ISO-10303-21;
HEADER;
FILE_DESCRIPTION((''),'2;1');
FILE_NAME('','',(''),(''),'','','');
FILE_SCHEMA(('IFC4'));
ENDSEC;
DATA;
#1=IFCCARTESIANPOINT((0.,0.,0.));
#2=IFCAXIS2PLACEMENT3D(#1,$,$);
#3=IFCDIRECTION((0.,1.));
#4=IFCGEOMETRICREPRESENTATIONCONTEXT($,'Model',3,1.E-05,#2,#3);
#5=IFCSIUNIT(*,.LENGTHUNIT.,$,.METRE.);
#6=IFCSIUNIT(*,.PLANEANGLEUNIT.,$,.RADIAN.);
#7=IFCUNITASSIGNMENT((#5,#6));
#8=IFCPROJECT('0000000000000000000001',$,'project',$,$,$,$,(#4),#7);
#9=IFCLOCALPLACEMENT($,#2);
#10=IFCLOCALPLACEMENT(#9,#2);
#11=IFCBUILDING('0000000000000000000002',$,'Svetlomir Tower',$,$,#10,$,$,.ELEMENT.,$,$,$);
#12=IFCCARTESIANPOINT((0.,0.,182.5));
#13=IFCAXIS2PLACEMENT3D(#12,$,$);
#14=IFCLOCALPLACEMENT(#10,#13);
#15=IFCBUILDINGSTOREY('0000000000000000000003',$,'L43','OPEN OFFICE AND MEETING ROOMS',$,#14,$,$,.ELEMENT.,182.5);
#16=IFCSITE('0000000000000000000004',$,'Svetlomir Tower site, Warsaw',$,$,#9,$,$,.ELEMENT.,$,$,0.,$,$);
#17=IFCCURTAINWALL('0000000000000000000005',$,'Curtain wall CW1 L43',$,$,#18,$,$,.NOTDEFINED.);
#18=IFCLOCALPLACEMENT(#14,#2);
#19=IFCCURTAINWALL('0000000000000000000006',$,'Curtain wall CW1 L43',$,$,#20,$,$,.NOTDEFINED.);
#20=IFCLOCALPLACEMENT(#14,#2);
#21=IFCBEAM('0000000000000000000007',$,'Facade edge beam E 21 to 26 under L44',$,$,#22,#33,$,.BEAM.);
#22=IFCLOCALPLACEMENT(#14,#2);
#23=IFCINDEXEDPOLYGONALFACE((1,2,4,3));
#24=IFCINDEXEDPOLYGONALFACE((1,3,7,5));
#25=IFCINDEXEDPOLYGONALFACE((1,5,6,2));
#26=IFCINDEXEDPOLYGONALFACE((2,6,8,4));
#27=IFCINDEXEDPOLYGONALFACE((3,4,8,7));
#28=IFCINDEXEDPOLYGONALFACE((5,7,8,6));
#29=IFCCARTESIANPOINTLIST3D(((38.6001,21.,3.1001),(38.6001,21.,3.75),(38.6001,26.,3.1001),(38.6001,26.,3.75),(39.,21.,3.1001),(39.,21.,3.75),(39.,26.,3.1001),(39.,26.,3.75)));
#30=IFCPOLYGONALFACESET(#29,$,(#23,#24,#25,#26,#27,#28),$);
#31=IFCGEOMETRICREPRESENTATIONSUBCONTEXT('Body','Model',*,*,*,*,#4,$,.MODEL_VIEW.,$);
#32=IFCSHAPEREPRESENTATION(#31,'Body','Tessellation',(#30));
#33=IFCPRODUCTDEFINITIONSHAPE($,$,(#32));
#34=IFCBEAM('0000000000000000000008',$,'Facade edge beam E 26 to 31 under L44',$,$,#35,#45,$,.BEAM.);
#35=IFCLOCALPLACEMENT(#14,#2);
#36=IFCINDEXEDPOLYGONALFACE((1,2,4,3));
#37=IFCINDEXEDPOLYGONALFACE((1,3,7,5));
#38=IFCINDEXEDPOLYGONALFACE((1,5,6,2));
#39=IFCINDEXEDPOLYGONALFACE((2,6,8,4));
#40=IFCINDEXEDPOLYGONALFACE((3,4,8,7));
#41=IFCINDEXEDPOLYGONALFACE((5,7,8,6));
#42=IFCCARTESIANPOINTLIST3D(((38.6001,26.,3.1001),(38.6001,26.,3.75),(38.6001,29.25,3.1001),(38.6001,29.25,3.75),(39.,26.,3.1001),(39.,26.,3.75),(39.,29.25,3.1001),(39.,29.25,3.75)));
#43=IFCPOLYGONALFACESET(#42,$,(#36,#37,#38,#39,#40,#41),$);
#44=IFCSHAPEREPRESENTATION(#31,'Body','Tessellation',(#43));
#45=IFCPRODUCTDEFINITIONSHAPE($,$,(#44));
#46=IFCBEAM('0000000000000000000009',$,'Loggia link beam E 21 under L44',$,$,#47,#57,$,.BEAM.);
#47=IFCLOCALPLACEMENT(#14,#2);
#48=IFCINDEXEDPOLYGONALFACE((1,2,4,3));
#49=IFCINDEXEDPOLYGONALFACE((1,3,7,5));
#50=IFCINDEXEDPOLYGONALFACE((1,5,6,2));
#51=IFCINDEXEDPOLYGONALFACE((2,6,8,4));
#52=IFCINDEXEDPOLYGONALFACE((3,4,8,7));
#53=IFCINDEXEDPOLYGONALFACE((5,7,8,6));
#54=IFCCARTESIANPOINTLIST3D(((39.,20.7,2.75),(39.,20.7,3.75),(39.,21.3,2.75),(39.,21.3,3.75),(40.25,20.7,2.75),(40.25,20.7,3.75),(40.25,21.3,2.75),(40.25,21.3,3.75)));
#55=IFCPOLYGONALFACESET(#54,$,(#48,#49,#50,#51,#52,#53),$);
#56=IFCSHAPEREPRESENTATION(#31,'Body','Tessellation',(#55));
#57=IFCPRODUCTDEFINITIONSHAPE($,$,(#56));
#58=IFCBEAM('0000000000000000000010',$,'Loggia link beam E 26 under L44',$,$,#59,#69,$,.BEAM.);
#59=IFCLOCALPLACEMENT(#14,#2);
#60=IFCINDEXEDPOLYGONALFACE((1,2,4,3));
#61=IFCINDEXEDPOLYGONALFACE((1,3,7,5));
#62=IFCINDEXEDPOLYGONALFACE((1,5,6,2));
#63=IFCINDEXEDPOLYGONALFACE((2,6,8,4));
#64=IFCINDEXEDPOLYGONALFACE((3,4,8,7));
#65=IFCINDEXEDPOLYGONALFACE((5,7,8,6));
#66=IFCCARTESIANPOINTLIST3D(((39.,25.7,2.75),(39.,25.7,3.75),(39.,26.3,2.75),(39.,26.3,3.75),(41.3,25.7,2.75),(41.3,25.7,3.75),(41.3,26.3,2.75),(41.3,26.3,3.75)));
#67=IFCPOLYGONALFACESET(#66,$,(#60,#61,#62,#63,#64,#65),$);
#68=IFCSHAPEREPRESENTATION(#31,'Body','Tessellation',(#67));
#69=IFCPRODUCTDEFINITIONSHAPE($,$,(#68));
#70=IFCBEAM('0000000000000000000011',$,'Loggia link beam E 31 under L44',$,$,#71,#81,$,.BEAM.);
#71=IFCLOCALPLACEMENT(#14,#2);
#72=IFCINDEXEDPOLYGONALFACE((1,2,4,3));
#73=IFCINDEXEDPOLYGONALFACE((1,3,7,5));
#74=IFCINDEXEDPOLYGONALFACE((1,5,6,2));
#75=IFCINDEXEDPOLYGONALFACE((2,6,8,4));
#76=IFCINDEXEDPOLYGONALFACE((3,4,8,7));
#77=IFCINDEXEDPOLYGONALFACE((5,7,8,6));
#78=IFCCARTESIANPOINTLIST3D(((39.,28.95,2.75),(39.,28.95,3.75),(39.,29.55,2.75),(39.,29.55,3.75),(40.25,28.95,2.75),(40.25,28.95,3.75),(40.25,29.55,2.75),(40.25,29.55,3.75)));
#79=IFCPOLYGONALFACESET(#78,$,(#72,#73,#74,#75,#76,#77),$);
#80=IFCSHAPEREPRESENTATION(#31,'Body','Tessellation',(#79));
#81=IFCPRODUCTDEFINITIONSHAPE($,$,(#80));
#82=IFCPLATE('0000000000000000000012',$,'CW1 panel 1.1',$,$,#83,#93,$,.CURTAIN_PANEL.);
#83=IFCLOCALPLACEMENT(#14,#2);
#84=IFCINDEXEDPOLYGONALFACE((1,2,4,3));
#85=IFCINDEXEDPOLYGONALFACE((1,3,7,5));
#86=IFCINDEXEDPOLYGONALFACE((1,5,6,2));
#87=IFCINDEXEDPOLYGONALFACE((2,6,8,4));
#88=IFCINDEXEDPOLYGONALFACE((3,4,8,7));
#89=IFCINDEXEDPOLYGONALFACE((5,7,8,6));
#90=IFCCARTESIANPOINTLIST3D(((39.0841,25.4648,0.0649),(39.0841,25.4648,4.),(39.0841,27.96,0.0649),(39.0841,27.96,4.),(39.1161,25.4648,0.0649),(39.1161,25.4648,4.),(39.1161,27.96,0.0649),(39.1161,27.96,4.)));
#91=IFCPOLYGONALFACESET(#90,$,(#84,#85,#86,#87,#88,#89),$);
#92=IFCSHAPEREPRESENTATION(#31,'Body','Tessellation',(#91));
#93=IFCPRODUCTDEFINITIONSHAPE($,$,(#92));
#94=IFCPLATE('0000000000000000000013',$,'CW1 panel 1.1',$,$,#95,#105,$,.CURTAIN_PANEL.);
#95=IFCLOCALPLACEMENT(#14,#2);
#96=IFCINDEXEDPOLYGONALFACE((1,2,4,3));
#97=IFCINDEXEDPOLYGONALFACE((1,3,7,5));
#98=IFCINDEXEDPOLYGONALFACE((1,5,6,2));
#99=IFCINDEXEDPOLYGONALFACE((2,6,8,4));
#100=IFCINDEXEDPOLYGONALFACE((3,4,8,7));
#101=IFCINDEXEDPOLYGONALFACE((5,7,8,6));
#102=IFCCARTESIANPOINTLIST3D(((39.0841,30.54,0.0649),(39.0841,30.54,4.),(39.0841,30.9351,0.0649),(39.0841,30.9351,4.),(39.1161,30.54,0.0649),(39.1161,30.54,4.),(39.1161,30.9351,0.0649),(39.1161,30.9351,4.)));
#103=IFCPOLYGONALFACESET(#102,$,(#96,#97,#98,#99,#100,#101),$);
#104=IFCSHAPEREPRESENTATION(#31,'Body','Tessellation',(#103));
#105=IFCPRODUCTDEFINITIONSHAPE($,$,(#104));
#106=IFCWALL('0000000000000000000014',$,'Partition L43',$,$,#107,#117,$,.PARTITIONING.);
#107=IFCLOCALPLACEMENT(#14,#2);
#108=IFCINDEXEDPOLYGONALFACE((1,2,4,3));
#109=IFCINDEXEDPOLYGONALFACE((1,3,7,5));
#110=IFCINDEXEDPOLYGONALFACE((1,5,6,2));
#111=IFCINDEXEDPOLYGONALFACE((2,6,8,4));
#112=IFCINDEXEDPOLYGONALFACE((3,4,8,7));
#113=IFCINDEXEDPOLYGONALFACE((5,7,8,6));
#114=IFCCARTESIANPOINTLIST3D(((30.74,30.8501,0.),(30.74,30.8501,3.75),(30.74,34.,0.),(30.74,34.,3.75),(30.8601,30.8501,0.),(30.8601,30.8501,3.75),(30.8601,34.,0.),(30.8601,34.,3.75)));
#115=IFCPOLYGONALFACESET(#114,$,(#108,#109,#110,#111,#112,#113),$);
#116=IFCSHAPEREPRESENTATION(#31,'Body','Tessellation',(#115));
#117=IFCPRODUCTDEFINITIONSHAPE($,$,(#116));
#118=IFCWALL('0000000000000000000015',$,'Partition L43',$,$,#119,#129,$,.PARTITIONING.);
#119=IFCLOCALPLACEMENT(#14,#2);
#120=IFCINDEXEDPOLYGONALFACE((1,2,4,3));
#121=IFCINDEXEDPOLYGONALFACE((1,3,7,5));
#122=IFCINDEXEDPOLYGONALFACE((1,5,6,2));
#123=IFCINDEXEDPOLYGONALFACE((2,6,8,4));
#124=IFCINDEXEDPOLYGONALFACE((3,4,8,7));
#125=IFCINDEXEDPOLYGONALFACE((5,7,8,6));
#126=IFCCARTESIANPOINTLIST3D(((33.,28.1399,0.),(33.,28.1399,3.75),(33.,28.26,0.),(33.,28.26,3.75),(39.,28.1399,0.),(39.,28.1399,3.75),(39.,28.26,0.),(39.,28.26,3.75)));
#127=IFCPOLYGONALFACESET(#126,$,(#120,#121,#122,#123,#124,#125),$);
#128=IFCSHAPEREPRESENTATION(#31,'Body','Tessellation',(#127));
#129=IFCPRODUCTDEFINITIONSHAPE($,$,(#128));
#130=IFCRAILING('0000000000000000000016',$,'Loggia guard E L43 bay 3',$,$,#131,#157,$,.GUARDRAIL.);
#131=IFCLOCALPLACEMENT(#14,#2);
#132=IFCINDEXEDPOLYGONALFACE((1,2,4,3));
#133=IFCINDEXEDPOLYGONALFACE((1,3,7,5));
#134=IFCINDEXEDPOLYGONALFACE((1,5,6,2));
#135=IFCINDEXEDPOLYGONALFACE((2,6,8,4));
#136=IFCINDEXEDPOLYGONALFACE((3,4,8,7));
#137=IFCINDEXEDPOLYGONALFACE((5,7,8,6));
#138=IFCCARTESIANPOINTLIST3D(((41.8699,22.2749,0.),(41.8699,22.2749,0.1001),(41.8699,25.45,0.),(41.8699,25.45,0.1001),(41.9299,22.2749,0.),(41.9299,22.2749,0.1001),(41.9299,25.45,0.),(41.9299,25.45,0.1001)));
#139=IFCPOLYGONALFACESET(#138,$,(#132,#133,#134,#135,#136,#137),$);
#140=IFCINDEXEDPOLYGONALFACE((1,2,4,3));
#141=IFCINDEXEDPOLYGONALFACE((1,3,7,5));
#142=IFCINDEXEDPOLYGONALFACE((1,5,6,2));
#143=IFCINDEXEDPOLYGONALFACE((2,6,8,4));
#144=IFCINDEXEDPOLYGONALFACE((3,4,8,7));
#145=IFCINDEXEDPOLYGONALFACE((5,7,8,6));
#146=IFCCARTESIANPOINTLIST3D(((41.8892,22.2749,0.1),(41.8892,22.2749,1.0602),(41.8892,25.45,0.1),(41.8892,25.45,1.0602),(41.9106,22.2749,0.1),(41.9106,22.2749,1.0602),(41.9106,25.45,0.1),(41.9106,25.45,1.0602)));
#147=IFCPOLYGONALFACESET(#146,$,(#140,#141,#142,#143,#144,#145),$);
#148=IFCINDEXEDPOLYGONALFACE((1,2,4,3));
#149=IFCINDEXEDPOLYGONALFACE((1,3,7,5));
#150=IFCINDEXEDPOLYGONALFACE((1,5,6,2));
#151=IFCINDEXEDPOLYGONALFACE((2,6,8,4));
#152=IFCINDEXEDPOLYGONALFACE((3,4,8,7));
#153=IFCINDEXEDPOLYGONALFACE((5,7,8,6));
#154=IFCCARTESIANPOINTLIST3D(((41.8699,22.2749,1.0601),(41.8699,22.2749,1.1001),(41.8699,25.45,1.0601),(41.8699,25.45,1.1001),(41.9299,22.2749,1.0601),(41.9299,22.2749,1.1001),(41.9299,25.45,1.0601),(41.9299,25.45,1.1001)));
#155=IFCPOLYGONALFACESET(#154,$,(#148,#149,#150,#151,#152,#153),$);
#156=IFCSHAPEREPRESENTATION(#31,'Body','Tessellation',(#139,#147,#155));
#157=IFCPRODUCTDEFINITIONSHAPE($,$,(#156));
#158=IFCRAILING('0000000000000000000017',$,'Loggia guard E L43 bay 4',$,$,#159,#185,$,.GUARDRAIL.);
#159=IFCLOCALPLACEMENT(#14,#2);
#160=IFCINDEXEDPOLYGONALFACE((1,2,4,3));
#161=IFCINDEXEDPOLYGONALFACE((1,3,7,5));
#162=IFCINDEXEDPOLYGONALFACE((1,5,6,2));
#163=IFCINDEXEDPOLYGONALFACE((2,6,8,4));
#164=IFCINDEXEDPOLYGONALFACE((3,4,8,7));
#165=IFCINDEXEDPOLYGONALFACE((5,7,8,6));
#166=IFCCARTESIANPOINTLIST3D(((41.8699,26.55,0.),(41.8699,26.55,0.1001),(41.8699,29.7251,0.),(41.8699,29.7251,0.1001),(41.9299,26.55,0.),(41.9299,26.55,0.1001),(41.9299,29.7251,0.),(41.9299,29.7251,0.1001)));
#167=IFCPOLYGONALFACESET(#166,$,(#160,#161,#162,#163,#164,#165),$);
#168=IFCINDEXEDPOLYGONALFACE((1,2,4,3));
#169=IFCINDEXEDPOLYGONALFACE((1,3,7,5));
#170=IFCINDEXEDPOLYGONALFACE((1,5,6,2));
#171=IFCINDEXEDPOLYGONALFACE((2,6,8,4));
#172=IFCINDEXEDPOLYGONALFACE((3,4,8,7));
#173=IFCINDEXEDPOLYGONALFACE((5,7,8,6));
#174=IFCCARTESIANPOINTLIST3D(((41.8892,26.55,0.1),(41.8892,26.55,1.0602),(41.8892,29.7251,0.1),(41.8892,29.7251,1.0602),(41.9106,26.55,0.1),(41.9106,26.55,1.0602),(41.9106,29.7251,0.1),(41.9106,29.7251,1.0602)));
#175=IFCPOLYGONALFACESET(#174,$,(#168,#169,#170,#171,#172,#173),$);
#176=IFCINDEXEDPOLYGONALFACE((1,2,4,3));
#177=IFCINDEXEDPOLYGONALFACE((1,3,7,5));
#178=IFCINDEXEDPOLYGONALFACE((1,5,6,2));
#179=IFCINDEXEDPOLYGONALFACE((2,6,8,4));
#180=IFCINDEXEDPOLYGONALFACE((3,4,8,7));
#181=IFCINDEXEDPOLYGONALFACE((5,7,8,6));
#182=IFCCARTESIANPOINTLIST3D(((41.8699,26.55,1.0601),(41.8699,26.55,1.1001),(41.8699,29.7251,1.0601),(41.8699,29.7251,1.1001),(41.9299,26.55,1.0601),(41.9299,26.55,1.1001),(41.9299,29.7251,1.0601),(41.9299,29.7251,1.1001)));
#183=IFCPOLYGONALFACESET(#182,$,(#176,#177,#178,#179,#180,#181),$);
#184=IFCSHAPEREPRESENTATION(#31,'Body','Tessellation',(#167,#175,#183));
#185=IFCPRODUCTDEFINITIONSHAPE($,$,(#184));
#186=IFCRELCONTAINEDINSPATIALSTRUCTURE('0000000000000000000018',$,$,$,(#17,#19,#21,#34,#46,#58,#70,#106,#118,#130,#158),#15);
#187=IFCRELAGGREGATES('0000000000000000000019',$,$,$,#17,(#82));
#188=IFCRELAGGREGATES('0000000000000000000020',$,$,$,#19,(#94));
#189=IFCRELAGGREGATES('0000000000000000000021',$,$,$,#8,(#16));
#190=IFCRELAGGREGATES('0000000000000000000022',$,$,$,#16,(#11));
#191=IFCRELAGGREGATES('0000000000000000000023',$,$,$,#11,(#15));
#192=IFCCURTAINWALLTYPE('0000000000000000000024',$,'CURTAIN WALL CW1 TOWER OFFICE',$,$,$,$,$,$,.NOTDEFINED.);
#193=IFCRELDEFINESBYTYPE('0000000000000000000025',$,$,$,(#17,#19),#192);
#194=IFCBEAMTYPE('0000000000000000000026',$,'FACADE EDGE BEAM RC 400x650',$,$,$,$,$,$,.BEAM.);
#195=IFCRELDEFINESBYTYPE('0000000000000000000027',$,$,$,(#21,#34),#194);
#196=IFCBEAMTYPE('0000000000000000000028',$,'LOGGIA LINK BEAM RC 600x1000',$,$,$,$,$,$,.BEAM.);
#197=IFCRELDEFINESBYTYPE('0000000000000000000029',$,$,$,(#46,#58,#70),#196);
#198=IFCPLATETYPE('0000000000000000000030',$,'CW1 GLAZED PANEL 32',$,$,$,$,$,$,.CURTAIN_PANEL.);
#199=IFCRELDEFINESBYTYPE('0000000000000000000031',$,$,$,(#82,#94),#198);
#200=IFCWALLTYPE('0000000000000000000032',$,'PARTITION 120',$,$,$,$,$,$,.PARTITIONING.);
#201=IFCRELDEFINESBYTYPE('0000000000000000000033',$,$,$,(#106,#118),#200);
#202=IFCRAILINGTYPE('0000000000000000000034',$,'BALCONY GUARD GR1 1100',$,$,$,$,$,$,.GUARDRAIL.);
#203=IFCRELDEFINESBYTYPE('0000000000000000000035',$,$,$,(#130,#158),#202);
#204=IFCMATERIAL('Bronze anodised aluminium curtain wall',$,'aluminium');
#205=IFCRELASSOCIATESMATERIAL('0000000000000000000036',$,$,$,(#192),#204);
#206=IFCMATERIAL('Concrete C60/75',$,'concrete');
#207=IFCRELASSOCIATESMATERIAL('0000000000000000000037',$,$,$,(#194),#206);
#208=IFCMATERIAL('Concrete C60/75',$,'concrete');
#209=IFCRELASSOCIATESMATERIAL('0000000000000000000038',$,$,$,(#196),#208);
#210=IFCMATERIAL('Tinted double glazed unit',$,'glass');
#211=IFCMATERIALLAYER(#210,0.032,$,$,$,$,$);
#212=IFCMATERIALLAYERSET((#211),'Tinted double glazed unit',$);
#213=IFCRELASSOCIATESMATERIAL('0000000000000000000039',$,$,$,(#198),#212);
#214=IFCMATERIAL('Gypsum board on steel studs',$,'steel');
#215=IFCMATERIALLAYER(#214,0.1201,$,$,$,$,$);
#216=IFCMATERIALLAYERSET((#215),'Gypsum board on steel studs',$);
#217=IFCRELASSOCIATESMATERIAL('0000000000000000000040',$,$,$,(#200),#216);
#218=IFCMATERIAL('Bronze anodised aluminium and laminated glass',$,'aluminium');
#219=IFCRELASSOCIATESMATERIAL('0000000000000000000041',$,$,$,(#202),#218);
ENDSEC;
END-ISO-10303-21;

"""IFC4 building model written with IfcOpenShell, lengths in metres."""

from ifc_helpers import new_model, si_unit, direction, frame, frame_2d, origin, origin_2d, place, context, subcontext, project, spatial, rectangle, extrude, material, layer, layer_set, material_profile, profile_set, type_object, element, aggregate, save


model = new_model("IFC4")

# Units and contexts
model_context = context("Model", 3, precision=1e-05, world=origin(), true_north=direction((0.0, 1.0)))
body_context = subcontext(model_context, "Body", "Model", "MODEL_VIEW")
ifc_project = project(units=[si_unit("LENGTHUNIT", "METRE"), si_unit("PLANEANGLEUNIT", "RADIAN")], contexts=[model_context])

# Site, building, storey
site_placement = place(None, origin())
site = spatial("IfcSite", under=ifc_project, at=site_placement, Name="Svetlomir Tower site, Warsaw", CompositionType="ELEMENT", RefElevation=0.0)
building_placement = place(site_placement, origin())
building = spatial("IfcBuilding", under=site, at=building_placement, Name="Svetlomir Tower", CompositionType="ELEMENT")
storey_placement = place(building_placement, frame((0.0, 0.0, 182.5)))
storey = spatial("IfcBuildingStorey", under=building, at=storey_placement, Name="L43", Description="OPEN OFFICE AND MEETING ROOMS", CompositionType="ELEMENT", Elevation=182.5)

# Curtain walls
ifc_material_1 = material(Name="Bronze anodised aluminium curtain wall", Category="aluminium")
curtain_wall_type = type_object("IfcCurtainWallType", Name="CURTAIN WALL CW1 TOWER OFFICE", PredefinedType="NOTDEFINED", material=ifc_material_1)
curtain_wall_1_placement = place(storey_placement, origin())
curtain_wall_1 = element("IfcCurtainWall", 1, at=curtain_wall_1_placement, inside=storey, type_object=curtain_wall_type, Name="Curtain wall CW1 L43", PredefinedType="NOTDEFINED")
curtain_wall_2_placement = place(storey_placement, origin())
curtain_wall_2 = element("IfcCurtainWall", 2, at=curtain_wall_2_placement, inside=storey, type_object=curtain_wall_type, Name="Curtain wall CW1 L43", PredefinedType="NOTDEFINED")

# Beams
ifc_material_2 = material(Name="Concrete C60/75", Category="concrete")
ifc_material_profile_1 = material_profile(ifc_material_2, rectangle(XDim=0.3999, YDim=0.6499, at=origin_2d()), Name="RC 400x650")
ifc_profile_set_1 = profile_set([ifc_material_profile_1], Name="Concrete C60/75")
beam_type_1 = type_object("IfcBeamType", Name="FACADE EDGE BEAM RC 400x650", PredefinedType="BEAM", material=ifc_profile_set_1)
beam_1_placement = place(storey_placement, frame((38.8, 21.0, 3.425), z_axis=(0.0, 1.0, 0.0), x_axis=(-1.0, 0.0, 0.0)))
element("IfcBeam", 3, at=beam_1_placement, inside=storey, type_object=beam_type_1, Name="Facade edge beam E 21 to 26 under L44", PredefinedType="BEAM", context=body_context, shape_type="SweptSolid", body=[
    extrude(rectangle(XDim=0.3999, YDim=0.6499, at=origin_2d()), origin(), (0.0, 0.0, 1.0), 5.0),
])
beam_2_placement = place(storey_placement, frame((38.8, 26.0, 3.425), z_axis=(0.0, 1.0, 0.0), x_axis=(-1.0, 0.0, 0.0)))
element("IfcBeam", 4, at=beam_2_placement, inside=storey, type_object=beam_type_1, Name="Facade edge beam E 26 to 31 under L44", PredefinedType="BEAM", context=body_context, shape_type="SweptSolid", body=[
    extrude(rectangle(XDim=0.3999, YDim=0.6499, at=origin_2d()), origin(), (0.0, 0.0, 1.0), 3.25),
])
ifc_material_3 = material(Name="Concrete C60/75", Category="concrete")
ifc_material_profile_2 = material_profile(ifc_material_3, rectangle(XDim=0.6001, YDim=1.0, at=origin_2d()), Name="RC 600x1000")
ifc_profile_set_2 = profile_set([ifc_material_profile_2], Name="Concrete C60/75")
beam_type_2 = type_object("IfcBeamType", Name="LOGGIA LINK BEAM RC 600x1000", PredefinedType="BEAM", material=ifc_profile_set_2)
beam_3_placement = place(storey_placement, frame((40.25, 21.0, 3.25), z_axis=(-1.0, 0.0, 0.0), x_axis=(0.0, -1.0, 0.0)))
element("IfcBeam", 5, at=beam_3_placement, inside=storey, type_object=beam_type_2, Name="Loggia link beam E 21 under L44", PredefinedType="BEAM", context=body_context, shape_type="SweptSolid", body=[
    extrude(rectangle(XDim=0.6001, YDim=1.0, at=origin_2d()), origin(), (0.0, 0.0, 1.0), 1.25),
])
beam_4_placement = place(storey_placement, frame((41.3, 26.0, 3.25), z_axis=(-1.0, 0.0, 0.0), x_axis=(0.0, -1.0, 0.0)))
element("IfcBeam", 6, at=beam_4_placement, inside=storey, type_object=beam_type_2, Name="Loggia link beam E 26 under L44", PredefinedType="BEAM", context=body_context, shape_type="SweptSolid", body=[
    extrude(rectangle(XDim=0.6001, YDim=1.0, at=origin_2d()), origin(), (0.0, 0.0, 1.0), 2.3),
])
beam_5_placement = place(storey_placement, frame((40.25, 29.25, 3.25), z_axis=(-1.0, 0.0, 0.0), x_axis=(0.0, -1.0, 0.0)))
element("IfcBeam", 7, at=beam_5_placement, inside=storey, type_object=beam_type_2, Name="Loggia link beam E 31 under L44", PredefinedType="BEAM", context=body_context, shape_type="SweptSolid", body=[
    extrude(rectangle(XDim=0.6001, YDim=1.0, at=origin_2d()), origin(), (0.0, 0.0, 1.0), 1.25),
])

# Plates
ifc_material_4 = material(Name="Tinted double glazed unit", Category="glass")
ifc_layer_1 = layer(ifc_material_4, 0.032)
ifc_layer_set_1 = layer_set([ifc_layer_1], Name="Tinted double glazed unit")
plate_type = type_object("IfcPlateType", Name="CW1 GLAZED PANEL 32", PredefinedType="CURTAIN_PANEL", material=ifc_layer_set_1)
plate_1_placement = place(storey_placement, frame((39.1001, 26.7124, 0.0649), z_axis=(0.0, 0.0, 1.0), x_axis=(0.0, 1.0, 0.0)))
plate_1 = element("IfcPlate", 8, at=plate_1_placement, type_object=plate_type, Name="CW1 panel 1.1", PredefinedType="CURTAIN_PANEL", context=body_context, shape_type="SweptSolid", body=[
    extrude(rectangle(XDim=2.4951, YDim=0.032, at=origin_2d()), origin(), (0.0, 0.0, 1.0), 3.9351),
])
aggregate(curtain_wall_1, [plate_1])
plate_2_placement = place(storey_placement, frame((39.1001, 30.7375, 0.0649), z_axis=(0.0, 0.0, 1.0), x_axis=(0.0, 1.0, 0.0)))
plate_2 = element("IfcPlate", 9, at=plate_2_placement, type_object=plate_type, Name="CW1 panel 1.1", PredefinedType="CURTAIN_PANEL", context=body_context, shape_type="SweptSolid", body=[
    extrude(rectangle(XDim=0.395, YDim=0.032, at=origin_2d()), origin(), (0.0, 0.0, 1.0), 3.9351),
])
aggregate(curtain_wall_2, [plate_2])

# Walls
ifc_material_5 = material(Name="Gypsum board on steel studs", Category="steel")
ifc_layer_2 = layer(ifc_material_5, 0.1201)
ifc_layer_set_2 = layer_set([ifc_layer_2], Name="Gypsum board on steel studs")
wall_type_1 = type_object("IfcWallType", Name="PARTITION 120", PredefinedType="PARTITIONING", material=ifc_layer_set_2)
wall_1_placement = place(storey_placement, frame((30.8, 30.8501, 0.0), z_axis=(0.0, 0.0, 1.0), x_axis=(0.0, 1.0, 0.0)))
element("IfcWall", 10, at=wall_1_placement, inside=storey, type_object=wall_type_1, Name="Partition L43", PredefinedType="PARTITIONING", context=body_context, shape_type="SweptSolid", body=[
    extrude(rectangle(XDim=3.1499, YDim=0.1201, at=frame_2d((1.575, 0.0))), origin(), (0.0, 0.0, 1.0), 3.75),
])
wall_2_placement = place(storey_placement, frame((33.0, 28.2, 0.0), z_axis=(0.0, 0.0, 1.0), x_axis=(1.0, 0.0, 0.0)))
element("IfcWall", 11, at=wall_2_placement, inside=storey, type_object=wall_type_1, Name="Partition L43", PredefinedType="PARTITIONING", context=body_context, shape_type="SweptSolid", body=[
    extrude(rectangle(XDim=6.0, YDim=0.1201, at=frame_2d((3.0, 0.0))), origin(), (0.0, 0.0, 1.0), 3.75),
])

# Railings
ifc_material_6 = material(Name="Bronze anodised aluminium and laminated glass", Category="aluminium")
railing_type_1 = type_object("IfcRailingType", Name="BALCONY GUARD GR1 1100", PredefinedType="GUARDRAIL", material=ifc_material_6)
for number, where, name in (
    (12, (41.8999, 22.2749, 0.0), "Loggia guard E L43 bay 3"),
    (13, (41.8999, 26.55, 0.0), "Loggia guard E L43 bay 4"),
):
    element("IfcRailing", number, at=place(storey_placement, frame(where)), inside=storey, type_object=railing_type_1, Name=name, PredefinedType="GUARDRAIL", context=body_context, shape_type="SweptSolid", body=[
        extrude(rectangle(XDim=0.0601, YDim=0.1001, at=origin_2d()), frame((0.0, 0.0, 0.05), z_axis=(0.0, 1.0, 0.0), x_axis=(-1.0, 0.0, 0.0)), (0.0, 0.0, 1.0), 3.175),
        extrude(rectangle(XDim=0.0215, YDim=0.9602, at=origin_2d()), frame((0.0, 0.0, 0.5801), z_axis=(0.0, 1.0, 0.0), x_axis=(-1.0, 0.0, 0.0)), (0.0, 0.0, 1.0), 3.175),
        extrude(rectangle(XDim=0.0601, YDim=0.04, at=origin_2d()), frame((0.0, 0.0, 1.0801), z_axis=(0.0, 1.0, 0.0), x_axis=(-1.0, 0.0, 0.0)), (0.0, 0.0, 1.0), 3.175),
    ])

save(model, "model.ifc")
